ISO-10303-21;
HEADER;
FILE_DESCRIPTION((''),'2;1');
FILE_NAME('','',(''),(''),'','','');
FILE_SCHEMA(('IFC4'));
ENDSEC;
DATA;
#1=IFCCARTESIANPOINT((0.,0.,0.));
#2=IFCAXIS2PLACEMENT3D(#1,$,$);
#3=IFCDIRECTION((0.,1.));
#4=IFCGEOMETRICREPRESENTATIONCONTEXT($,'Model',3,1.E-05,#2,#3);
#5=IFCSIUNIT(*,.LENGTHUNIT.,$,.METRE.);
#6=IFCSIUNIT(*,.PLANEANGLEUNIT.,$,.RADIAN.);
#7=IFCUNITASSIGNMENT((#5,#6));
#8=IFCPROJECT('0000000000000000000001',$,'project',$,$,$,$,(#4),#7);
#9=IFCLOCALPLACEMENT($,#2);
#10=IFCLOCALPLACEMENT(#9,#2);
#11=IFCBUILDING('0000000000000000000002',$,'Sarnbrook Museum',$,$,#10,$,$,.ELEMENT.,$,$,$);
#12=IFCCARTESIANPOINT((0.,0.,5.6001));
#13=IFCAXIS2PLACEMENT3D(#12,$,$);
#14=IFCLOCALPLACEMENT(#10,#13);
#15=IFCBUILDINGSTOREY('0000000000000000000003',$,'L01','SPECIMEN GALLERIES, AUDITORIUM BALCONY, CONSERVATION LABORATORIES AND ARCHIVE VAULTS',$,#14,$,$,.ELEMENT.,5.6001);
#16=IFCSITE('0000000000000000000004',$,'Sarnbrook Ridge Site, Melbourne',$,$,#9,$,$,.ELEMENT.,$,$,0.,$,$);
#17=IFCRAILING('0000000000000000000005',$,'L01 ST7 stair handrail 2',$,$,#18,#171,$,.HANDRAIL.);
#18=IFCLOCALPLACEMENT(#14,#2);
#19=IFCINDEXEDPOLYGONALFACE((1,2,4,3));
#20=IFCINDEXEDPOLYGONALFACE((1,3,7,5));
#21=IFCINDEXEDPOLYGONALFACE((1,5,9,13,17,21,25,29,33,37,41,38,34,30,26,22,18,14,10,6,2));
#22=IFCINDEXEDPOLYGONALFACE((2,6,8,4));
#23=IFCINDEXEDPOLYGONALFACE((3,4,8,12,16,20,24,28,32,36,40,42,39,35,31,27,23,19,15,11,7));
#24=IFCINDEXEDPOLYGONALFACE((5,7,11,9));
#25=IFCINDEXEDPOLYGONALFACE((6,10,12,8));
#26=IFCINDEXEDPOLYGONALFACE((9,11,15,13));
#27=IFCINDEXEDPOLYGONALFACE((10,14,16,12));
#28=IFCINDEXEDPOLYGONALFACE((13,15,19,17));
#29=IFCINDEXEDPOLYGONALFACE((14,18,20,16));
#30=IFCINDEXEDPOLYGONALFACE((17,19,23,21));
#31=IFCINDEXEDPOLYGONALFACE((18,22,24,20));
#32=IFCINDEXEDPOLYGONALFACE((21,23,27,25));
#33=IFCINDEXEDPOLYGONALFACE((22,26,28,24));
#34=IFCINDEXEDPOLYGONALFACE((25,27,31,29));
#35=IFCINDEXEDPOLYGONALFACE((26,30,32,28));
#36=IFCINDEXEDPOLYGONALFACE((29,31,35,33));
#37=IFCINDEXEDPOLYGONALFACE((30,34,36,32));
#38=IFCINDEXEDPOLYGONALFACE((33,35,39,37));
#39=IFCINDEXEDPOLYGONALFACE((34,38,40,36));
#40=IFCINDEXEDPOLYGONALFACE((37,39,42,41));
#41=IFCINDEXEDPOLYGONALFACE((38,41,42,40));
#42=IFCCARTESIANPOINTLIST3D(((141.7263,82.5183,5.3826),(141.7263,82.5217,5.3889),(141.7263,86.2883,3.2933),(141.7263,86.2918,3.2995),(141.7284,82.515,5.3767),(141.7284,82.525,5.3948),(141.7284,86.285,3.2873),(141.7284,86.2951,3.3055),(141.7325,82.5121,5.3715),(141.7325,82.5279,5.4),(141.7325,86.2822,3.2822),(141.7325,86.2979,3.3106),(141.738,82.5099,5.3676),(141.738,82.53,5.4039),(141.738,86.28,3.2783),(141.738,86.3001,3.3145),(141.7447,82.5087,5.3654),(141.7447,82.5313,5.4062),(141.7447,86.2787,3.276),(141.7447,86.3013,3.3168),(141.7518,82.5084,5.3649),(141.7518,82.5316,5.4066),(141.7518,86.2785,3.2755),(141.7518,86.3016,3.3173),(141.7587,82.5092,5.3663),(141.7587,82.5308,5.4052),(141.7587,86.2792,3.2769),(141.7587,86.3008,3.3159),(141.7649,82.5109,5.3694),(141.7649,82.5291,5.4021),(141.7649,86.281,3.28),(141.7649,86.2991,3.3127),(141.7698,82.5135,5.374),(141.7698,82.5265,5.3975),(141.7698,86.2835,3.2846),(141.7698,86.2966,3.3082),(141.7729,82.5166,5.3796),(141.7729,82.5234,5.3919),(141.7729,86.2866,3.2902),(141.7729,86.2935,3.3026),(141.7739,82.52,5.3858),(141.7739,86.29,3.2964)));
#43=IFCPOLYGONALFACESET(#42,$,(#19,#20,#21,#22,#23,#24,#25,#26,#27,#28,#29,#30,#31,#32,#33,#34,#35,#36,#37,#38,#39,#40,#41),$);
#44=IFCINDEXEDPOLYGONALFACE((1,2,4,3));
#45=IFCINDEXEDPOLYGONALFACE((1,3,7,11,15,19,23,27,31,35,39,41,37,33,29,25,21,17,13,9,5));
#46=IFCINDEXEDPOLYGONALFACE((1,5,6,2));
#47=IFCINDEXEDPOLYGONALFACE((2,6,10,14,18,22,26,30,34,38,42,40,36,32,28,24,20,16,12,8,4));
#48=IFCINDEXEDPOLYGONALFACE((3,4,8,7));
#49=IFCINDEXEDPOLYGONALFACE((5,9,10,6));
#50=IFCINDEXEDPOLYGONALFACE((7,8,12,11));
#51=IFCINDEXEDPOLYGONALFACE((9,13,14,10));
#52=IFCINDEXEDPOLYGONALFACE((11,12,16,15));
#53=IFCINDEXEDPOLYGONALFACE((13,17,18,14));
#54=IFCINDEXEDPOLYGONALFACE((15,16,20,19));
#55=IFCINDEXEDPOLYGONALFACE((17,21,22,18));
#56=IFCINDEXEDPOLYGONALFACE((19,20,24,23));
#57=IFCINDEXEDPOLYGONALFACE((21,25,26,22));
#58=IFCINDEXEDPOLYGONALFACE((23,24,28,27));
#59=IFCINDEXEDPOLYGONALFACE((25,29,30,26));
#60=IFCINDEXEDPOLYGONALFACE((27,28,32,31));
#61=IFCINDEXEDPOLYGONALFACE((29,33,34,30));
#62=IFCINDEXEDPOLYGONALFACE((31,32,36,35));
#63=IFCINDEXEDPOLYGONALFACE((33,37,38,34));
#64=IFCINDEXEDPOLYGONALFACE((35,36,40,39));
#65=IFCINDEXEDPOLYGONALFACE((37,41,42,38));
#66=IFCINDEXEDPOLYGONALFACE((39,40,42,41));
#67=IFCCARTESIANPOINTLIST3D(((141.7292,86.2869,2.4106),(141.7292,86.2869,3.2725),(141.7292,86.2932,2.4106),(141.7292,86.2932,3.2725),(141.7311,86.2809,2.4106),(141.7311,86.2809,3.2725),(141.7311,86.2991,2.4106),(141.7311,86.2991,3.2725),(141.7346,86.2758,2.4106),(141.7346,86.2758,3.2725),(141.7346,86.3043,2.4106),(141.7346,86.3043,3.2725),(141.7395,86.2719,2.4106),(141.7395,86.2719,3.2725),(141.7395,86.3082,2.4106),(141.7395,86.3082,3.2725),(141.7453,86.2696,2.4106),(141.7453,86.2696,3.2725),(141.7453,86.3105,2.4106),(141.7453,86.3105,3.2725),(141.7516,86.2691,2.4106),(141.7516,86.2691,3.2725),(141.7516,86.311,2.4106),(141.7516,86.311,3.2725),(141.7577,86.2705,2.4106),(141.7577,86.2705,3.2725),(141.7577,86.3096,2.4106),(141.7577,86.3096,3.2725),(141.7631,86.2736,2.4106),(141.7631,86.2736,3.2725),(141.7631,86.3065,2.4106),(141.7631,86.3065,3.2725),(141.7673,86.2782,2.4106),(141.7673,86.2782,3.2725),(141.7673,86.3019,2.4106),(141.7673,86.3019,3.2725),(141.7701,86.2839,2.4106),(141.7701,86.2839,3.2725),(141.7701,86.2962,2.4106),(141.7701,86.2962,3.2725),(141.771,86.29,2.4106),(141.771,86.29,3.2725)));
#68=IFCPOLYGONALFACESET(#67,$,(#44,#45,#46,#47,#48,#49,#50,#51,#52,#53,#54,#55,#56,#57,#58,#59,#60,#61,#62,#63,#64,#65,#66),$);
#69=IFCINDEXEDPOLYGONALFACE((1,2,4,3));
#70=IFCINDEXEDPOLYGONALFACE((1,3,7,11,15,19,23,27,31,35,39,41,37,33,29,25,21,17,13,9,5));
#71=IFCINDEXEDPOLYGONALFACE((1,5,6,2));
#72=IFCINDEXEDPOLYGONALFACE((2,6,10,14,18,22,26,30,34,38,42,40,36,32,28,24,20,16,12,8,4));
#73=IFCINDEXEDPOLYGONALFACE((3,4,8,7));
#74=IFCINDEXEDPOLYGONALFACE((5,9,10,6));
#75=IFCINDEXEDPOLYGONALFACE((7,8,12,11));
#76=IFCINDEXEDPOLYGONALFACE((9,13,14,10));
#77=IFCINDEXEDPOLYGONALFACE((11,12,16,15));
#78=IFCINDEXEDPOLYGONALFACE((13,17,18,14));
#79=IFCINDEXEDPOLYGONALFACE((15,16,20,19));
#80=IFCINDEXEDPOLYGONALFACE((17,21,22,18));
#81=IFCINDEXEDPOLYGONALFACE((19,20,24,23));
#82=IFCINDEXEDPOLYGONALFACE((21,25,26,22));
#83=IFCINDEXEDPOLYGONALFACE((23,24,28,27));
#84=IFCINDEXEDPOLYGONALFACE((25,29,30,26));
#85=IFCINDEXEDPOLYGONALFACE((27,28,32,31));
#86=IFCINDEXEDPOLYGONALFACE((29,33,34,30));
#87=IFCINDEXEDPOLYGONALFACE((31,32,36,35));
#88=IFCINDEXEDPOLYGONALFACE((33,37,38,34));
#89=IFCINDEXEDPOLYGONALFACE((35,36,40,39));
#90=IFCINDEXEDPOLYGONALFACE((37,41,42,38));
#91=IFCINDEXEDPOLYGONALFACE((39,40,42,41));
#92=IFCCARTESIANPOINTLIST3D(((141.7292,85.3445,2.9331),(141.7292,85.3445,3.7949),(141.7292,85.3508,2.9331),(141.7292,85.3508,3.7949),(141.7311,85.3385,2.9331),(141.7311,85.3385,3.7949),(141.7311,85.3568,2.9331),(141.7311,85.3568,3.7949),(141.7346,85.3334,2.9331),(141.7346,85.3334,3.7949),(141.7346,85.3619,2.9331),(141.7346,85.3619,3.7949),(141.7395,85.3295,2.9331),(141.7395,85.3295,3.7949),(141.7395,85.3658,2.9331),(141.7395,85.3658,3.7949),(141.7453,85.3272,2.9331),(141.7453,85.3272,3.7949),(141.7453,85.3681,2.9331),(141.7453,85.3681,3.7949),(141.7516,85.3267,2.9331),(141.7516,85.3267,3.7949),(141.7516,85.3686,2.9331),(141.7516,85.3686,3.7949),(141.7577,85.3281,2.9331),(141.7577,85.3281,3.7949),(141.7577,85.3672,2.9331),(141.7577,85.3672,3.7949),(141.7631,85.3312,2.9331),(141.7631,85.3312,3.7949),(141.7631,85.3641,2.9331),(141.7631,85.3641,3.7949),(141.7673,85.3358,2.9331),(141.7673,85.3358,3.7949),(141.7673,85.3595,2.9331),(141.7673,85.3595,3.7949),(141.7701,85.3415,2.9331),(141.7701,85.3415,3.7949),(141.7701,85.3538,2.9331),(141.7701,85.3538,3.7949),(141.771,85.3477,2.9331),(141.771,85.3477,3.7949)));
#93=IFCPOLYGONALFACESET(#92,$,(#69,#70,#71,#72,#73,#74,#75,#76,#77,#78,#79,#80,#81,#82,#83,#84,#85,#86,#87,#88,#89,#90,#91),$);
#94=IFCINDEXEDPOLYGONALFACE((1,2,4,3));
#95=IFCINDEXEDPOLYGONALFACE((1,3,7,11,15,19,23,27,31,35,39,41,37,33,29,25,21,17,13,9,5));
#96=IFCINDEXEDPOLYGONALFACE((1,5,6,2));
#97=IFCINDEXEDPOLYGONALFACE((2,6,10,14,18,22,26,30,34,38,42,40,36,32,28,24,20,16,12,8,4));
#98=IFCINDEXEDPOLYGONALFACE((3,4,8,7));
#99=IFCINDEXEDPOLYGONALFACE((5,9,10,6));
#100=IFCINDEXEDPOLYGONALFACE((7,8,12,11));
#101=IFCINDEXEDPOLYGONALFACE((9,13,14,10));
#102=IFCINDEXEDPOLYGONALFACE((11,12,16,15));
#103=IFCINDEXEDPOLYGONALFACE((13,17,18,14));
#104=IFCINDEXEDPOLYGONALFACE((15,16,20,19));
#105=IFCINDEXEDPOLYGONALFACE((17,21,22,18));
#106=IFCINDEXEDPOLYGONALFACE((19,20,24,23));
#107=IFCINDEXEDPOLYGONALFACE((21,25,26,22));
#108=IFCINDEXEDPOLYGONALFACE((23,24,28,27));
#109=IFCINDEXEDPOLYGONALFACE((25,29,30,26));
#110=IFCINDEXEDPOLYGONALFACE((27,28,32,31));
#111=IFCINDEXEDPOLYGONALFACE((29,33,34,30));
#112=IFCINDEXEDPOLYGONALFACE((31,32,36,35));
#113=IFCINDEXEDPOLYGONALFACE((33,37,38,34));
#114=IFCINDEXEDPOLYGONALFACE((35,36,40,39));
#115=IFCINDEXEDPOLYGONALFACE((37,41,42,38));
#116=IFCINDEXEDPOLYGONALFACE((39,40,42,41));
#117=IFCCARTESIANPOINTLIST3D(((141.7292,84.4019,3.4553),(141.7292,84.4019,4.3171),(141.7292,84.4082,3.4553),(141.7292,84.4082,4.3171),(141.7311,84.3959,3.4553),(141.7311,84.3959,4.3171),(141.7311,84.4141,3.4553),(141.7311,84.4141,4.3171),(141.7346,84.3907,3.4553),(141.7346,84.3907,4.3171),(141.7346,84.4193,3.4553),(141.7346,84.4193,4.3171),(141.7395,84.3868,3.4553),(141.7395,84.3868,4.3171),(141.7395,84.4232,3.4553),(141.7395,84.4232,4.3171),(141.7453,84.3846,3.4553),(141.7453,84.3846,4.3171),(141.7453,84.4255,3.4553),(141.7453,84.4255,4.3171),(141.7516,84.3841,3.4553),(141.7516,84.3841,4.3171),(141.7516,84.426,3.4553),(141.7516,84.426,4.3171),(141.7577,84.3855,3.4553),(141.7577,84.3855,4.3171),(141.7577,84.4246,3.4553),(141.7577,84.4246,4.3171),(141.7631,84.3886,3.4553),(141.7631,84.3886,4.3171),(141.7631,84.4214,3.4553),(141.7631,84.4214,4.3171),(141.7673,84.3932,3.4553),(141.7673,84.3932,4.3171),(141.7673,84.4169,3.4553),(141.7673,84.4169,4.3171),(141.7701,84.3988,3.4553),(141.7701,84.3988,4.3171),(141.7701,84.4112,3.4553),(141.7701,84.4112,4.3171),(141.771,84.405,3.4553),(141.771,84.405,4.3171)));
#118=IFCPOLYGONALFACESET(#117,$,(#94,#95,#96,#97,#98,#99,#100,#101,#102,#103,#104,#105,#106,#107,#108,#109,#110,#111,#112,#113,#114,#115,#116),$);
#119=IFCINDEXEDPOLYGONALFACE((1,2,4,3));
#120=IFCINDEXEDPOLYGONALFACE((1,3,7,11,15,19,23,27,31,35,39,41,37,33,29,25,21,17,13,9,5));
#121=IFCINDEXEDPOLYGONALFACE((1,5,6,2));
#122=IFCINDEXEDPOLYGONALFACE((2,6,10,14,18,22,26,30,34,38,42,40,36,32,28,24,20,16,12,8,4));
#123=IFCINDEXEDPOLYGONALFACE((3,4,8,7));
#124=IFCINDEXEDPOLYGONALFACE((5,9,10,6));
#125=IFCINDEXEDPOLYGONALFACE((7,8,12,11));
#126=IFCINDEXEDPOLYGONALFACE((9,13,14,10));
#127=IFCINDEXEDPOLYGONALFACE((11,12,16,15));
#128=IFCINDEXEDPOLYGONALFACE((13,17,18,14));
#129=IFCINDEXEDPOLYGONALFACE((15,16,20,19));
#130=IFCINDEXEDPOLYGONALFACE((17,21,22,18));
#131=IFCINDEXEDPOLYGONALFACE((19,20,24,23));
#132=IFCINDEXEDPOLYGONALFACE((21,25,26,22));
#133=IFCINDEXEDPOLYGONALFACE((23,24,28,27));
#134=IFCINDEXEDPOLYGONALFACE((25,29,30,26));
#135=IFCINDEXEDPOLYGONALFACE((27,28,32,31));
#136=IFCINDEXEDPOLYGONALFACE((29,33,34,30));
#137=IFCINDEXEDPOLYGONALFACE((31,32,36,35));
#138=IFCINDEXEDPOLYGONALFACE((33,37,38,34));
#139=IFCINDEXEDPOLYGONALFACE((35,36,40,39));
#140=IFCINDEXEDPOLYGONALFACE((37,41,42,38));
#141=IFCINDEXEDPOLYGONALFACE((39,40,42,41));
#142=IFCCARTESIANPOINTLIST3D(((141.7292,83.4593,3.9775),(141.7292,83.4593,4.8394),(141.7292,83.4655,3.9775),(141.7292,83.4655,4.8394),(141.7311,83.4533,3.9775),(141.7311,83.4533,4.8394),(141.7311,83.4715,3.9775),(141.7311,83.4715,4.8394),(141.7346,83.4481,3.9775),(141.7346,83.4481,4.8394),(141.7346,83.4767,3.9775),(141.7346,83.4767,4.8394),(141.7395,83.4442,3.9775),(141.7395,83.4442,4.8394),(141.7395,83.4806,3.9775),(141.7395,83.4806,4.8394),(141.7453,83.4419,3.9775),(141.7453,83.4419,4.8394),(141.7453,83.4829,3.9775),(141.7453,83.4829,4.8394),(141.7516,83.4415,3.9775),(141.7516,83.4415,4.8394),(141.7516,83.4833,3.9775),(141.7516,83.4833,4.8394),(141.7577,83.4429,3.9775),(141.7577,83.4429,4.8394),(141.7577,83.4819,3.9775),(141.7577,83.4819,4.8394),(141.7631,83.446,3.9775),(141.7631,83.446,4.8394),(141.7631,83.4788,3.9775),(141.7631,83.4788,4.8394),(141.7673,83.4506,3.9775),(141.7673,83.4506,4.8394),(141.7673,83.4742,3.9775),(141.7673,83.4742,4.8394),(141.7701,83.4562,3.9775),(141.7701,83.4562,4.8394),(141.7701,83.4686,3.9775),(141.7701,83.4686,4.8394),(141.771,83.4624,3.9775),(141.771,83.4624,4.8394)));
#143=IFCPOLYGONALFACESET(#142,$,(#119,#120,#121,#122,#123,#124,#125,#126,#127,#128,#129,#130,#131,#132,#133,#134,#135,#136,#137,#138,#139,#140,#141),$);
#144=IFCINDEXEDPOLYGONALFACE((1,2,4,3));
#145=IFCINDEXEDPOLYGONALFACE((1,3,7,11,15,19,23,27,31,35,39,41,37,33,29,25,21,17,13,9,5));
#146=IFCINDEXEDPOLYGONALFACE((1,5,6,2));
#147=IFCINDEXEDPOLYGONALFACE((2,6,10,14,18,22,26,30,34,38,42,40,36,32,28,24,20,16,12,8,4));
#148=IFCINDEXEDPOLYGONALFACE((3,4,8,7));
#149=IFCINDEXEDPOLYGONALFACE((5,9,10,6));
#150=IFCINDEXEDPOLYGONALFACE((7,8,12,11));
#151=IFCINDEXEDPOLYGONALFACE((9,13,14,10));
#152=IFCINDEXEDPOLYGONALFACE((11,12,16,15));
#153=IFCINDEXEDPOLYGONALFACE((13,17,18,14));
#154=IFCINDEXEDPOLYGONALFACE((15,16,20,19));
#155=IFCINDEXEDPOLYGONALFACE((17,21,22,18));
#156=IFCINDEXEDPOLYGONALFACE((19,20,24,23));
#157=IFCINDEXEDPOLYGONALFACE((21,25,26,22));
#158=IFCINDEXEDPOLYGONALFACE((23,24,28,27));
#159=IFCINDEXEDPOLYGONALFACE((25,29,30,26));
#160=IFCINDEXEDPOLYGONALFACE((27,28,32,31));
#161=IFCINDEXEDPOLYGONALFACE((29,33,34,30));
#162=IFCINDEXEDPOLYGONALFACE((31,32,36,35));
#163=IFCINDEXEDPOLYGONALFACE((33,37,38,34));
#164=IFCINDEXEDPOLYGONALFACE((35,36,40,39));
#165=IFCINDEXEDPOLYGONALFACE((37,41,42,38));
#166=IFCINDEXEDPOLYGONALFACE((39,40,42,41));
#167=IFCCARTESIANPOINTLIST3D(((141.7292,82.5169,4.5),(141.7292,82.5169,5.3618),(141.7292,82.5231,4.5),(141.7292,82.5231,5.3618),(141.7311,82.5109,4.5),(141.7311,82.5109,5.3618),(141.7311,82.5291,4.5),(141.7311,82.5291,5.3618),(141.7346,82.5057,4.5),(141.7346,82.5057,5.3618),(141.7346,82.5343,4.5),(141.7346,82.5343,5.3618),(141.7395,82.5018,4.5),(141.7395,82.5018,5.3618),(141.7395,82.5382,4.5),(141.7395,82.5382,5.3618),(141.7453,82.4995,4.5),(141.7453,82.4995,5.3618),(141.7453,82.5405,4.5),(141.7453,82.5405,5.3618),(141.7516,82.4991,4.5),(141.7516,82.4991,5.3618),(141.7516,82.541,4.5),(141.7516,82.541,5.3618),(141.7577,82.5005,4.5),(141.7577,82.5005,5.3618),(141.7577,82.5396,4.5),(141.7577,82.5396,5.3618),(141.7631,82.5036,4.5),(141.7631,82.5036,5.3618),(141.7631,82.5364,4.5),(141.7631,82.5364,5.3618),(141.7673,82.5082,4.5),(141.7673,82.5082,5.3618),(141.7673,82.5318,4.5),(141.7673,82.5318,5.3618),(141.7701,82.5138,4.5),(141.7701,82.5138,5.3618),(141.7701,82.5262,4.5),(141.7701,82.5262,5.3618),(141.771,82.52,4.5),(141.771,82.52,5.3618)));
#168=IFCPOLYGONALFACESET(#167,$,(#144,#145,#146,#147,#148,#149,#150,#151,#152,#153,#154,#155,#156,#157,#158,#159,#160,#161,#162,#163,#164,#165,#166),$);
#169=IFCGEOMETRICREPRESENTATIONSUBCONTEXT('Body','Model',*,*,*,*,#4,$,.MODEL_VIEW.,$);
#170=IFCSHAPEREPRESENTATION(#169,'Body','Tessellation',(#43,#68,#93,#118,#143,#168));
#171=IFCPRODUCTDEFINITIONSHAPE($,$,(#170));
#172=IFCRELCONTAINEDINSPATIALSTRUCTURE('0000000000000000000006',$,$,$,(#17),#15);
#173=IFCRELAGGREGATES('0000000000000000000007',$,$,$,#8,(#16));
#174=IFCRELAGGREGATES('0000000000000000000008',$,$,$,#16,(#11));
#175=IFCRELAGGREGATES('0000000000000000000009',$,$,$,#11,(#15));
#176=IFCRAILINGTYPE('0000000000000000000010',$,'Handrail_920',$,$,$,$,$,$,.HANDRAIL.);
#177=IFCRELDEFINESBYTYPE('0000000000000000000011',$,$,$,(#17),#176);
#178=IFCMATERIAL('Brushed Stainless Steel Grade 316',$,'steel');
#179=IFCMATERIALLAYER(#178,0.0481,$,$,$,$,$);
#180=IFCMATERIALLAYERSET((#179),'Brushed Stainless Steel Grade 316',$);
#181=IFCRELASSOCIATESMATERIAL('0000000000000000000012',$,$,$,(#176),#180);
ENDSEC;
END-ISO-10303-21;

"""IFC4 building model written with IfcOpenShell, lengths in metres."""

from ifc_helpers import new_model, si_unit, direction, frame, origin, origin_2d, place, context, subcontext, project, spatial, circle, extrude, material, layer, layer_set, type_object, element, save


model = new_model("IFC4")

# Units and contexts
model_context = context("Model", 3, precision=1e-05, world=origin(), true_north=direction((0.0, 1.0)))
body_context = subcontext(model_context, "Body", "Model", "MODEL_VIEW")
ifc_project = project(units=[si_unit("LENGTHUNIT", "METRE"), si_unit("PLANEANGLEUNIT", "RADIAN")], contexts=[model_context])

# Site, building, storey
site_placement = place(None, origin())
site = spatial("IfcSite", under=ifc_project, at=site_placement, Name="Sarnbrook Ridge Site, Melbourne", CompositionType="ELEMENT", RefElevation=0.0)
building_placement = place(site_placement, origin())
building = spatial("IfcBuilding", under=site, at=building_placement, Name="Sarnbrook Museum", CompositionType="ELEMENT")
storey_placement = place(building_placement, frame((0.0, 0.0, 5.6001)))
storey = spatial("IfcBuildingStorey", under=building, at=storey_placement, Name="L01", Description="SPECIMEN GALLERIES, AUDITORIUM BALCONY, CONSERVATION LABORATORIES AND ARCHIVE VAULTS", CompositionType="ELEMENT", Elevation=5.6001)

# Railing
ifc_material_1 = material(Name="Brushed Stainless Steel Grade 316", Category="steel")
ifc_layer_1 = layer(ifc_material_1, 0.0481)
ifc_layer_set_1 = layer_set([ifc_layer_1], Name="Brushed Stainless Steel Grade 316")
railing_type_1 = type_object("IfcRailingType", Name="Handrail_920", PredefinedType="HANDRAIL", material=ifc_layer_set_1)
railing_1_placement = place(storey_placement, frame((141.75, 86.29, 2.4106)))
element("IfcRailing", 1, at=railing_1_placement, inside=storey, type_object=railing_type_1, Name="L01 ST7 stair handrail 2", PredefinedType="HANDRAIL", context=body_context, shape_type="SweptSolid", body=[
    extrude(circle(Radius=0.0239, at=origin_2d()), frame((0.0, 0.0, 0.8857), z_axis=(0.0, -0.874659, 0.484739), x_axis=(1.0, 0.0, 0.0)), (0.0, 0.0, 1.0), 4.3103),
    extrude(circle(Radius=0.021, at=origin_2d()), origin(), (0.0, 0.0, 1.0), 0.8618),
    extrude(circle(Radius=0.021, at=origin_2d()), frame((0.0, -0.9424, 0.5225)), (0.0, 0.0, 1.0), 0.8618),
    extrude(circle(Radius=0.021, at=origin_2d()), frame((0.0, -1.885, 1.0447)), (0.0, 0.0, 1.0), 0.8618),
    extrude(circle(Radius=0.021, at=origin_2d()), frame((0.0, -2.8276, 1.5669)), (0.0, 0.0, 1.0), 0.8618),
    extrude(circle(Radius=0.021, at=origin_2d()), frame((0.0, -3.77, 2.0894)), (0.0, 0.0, 1.0), 0.8618),
])

save(model, "model.ifc")
